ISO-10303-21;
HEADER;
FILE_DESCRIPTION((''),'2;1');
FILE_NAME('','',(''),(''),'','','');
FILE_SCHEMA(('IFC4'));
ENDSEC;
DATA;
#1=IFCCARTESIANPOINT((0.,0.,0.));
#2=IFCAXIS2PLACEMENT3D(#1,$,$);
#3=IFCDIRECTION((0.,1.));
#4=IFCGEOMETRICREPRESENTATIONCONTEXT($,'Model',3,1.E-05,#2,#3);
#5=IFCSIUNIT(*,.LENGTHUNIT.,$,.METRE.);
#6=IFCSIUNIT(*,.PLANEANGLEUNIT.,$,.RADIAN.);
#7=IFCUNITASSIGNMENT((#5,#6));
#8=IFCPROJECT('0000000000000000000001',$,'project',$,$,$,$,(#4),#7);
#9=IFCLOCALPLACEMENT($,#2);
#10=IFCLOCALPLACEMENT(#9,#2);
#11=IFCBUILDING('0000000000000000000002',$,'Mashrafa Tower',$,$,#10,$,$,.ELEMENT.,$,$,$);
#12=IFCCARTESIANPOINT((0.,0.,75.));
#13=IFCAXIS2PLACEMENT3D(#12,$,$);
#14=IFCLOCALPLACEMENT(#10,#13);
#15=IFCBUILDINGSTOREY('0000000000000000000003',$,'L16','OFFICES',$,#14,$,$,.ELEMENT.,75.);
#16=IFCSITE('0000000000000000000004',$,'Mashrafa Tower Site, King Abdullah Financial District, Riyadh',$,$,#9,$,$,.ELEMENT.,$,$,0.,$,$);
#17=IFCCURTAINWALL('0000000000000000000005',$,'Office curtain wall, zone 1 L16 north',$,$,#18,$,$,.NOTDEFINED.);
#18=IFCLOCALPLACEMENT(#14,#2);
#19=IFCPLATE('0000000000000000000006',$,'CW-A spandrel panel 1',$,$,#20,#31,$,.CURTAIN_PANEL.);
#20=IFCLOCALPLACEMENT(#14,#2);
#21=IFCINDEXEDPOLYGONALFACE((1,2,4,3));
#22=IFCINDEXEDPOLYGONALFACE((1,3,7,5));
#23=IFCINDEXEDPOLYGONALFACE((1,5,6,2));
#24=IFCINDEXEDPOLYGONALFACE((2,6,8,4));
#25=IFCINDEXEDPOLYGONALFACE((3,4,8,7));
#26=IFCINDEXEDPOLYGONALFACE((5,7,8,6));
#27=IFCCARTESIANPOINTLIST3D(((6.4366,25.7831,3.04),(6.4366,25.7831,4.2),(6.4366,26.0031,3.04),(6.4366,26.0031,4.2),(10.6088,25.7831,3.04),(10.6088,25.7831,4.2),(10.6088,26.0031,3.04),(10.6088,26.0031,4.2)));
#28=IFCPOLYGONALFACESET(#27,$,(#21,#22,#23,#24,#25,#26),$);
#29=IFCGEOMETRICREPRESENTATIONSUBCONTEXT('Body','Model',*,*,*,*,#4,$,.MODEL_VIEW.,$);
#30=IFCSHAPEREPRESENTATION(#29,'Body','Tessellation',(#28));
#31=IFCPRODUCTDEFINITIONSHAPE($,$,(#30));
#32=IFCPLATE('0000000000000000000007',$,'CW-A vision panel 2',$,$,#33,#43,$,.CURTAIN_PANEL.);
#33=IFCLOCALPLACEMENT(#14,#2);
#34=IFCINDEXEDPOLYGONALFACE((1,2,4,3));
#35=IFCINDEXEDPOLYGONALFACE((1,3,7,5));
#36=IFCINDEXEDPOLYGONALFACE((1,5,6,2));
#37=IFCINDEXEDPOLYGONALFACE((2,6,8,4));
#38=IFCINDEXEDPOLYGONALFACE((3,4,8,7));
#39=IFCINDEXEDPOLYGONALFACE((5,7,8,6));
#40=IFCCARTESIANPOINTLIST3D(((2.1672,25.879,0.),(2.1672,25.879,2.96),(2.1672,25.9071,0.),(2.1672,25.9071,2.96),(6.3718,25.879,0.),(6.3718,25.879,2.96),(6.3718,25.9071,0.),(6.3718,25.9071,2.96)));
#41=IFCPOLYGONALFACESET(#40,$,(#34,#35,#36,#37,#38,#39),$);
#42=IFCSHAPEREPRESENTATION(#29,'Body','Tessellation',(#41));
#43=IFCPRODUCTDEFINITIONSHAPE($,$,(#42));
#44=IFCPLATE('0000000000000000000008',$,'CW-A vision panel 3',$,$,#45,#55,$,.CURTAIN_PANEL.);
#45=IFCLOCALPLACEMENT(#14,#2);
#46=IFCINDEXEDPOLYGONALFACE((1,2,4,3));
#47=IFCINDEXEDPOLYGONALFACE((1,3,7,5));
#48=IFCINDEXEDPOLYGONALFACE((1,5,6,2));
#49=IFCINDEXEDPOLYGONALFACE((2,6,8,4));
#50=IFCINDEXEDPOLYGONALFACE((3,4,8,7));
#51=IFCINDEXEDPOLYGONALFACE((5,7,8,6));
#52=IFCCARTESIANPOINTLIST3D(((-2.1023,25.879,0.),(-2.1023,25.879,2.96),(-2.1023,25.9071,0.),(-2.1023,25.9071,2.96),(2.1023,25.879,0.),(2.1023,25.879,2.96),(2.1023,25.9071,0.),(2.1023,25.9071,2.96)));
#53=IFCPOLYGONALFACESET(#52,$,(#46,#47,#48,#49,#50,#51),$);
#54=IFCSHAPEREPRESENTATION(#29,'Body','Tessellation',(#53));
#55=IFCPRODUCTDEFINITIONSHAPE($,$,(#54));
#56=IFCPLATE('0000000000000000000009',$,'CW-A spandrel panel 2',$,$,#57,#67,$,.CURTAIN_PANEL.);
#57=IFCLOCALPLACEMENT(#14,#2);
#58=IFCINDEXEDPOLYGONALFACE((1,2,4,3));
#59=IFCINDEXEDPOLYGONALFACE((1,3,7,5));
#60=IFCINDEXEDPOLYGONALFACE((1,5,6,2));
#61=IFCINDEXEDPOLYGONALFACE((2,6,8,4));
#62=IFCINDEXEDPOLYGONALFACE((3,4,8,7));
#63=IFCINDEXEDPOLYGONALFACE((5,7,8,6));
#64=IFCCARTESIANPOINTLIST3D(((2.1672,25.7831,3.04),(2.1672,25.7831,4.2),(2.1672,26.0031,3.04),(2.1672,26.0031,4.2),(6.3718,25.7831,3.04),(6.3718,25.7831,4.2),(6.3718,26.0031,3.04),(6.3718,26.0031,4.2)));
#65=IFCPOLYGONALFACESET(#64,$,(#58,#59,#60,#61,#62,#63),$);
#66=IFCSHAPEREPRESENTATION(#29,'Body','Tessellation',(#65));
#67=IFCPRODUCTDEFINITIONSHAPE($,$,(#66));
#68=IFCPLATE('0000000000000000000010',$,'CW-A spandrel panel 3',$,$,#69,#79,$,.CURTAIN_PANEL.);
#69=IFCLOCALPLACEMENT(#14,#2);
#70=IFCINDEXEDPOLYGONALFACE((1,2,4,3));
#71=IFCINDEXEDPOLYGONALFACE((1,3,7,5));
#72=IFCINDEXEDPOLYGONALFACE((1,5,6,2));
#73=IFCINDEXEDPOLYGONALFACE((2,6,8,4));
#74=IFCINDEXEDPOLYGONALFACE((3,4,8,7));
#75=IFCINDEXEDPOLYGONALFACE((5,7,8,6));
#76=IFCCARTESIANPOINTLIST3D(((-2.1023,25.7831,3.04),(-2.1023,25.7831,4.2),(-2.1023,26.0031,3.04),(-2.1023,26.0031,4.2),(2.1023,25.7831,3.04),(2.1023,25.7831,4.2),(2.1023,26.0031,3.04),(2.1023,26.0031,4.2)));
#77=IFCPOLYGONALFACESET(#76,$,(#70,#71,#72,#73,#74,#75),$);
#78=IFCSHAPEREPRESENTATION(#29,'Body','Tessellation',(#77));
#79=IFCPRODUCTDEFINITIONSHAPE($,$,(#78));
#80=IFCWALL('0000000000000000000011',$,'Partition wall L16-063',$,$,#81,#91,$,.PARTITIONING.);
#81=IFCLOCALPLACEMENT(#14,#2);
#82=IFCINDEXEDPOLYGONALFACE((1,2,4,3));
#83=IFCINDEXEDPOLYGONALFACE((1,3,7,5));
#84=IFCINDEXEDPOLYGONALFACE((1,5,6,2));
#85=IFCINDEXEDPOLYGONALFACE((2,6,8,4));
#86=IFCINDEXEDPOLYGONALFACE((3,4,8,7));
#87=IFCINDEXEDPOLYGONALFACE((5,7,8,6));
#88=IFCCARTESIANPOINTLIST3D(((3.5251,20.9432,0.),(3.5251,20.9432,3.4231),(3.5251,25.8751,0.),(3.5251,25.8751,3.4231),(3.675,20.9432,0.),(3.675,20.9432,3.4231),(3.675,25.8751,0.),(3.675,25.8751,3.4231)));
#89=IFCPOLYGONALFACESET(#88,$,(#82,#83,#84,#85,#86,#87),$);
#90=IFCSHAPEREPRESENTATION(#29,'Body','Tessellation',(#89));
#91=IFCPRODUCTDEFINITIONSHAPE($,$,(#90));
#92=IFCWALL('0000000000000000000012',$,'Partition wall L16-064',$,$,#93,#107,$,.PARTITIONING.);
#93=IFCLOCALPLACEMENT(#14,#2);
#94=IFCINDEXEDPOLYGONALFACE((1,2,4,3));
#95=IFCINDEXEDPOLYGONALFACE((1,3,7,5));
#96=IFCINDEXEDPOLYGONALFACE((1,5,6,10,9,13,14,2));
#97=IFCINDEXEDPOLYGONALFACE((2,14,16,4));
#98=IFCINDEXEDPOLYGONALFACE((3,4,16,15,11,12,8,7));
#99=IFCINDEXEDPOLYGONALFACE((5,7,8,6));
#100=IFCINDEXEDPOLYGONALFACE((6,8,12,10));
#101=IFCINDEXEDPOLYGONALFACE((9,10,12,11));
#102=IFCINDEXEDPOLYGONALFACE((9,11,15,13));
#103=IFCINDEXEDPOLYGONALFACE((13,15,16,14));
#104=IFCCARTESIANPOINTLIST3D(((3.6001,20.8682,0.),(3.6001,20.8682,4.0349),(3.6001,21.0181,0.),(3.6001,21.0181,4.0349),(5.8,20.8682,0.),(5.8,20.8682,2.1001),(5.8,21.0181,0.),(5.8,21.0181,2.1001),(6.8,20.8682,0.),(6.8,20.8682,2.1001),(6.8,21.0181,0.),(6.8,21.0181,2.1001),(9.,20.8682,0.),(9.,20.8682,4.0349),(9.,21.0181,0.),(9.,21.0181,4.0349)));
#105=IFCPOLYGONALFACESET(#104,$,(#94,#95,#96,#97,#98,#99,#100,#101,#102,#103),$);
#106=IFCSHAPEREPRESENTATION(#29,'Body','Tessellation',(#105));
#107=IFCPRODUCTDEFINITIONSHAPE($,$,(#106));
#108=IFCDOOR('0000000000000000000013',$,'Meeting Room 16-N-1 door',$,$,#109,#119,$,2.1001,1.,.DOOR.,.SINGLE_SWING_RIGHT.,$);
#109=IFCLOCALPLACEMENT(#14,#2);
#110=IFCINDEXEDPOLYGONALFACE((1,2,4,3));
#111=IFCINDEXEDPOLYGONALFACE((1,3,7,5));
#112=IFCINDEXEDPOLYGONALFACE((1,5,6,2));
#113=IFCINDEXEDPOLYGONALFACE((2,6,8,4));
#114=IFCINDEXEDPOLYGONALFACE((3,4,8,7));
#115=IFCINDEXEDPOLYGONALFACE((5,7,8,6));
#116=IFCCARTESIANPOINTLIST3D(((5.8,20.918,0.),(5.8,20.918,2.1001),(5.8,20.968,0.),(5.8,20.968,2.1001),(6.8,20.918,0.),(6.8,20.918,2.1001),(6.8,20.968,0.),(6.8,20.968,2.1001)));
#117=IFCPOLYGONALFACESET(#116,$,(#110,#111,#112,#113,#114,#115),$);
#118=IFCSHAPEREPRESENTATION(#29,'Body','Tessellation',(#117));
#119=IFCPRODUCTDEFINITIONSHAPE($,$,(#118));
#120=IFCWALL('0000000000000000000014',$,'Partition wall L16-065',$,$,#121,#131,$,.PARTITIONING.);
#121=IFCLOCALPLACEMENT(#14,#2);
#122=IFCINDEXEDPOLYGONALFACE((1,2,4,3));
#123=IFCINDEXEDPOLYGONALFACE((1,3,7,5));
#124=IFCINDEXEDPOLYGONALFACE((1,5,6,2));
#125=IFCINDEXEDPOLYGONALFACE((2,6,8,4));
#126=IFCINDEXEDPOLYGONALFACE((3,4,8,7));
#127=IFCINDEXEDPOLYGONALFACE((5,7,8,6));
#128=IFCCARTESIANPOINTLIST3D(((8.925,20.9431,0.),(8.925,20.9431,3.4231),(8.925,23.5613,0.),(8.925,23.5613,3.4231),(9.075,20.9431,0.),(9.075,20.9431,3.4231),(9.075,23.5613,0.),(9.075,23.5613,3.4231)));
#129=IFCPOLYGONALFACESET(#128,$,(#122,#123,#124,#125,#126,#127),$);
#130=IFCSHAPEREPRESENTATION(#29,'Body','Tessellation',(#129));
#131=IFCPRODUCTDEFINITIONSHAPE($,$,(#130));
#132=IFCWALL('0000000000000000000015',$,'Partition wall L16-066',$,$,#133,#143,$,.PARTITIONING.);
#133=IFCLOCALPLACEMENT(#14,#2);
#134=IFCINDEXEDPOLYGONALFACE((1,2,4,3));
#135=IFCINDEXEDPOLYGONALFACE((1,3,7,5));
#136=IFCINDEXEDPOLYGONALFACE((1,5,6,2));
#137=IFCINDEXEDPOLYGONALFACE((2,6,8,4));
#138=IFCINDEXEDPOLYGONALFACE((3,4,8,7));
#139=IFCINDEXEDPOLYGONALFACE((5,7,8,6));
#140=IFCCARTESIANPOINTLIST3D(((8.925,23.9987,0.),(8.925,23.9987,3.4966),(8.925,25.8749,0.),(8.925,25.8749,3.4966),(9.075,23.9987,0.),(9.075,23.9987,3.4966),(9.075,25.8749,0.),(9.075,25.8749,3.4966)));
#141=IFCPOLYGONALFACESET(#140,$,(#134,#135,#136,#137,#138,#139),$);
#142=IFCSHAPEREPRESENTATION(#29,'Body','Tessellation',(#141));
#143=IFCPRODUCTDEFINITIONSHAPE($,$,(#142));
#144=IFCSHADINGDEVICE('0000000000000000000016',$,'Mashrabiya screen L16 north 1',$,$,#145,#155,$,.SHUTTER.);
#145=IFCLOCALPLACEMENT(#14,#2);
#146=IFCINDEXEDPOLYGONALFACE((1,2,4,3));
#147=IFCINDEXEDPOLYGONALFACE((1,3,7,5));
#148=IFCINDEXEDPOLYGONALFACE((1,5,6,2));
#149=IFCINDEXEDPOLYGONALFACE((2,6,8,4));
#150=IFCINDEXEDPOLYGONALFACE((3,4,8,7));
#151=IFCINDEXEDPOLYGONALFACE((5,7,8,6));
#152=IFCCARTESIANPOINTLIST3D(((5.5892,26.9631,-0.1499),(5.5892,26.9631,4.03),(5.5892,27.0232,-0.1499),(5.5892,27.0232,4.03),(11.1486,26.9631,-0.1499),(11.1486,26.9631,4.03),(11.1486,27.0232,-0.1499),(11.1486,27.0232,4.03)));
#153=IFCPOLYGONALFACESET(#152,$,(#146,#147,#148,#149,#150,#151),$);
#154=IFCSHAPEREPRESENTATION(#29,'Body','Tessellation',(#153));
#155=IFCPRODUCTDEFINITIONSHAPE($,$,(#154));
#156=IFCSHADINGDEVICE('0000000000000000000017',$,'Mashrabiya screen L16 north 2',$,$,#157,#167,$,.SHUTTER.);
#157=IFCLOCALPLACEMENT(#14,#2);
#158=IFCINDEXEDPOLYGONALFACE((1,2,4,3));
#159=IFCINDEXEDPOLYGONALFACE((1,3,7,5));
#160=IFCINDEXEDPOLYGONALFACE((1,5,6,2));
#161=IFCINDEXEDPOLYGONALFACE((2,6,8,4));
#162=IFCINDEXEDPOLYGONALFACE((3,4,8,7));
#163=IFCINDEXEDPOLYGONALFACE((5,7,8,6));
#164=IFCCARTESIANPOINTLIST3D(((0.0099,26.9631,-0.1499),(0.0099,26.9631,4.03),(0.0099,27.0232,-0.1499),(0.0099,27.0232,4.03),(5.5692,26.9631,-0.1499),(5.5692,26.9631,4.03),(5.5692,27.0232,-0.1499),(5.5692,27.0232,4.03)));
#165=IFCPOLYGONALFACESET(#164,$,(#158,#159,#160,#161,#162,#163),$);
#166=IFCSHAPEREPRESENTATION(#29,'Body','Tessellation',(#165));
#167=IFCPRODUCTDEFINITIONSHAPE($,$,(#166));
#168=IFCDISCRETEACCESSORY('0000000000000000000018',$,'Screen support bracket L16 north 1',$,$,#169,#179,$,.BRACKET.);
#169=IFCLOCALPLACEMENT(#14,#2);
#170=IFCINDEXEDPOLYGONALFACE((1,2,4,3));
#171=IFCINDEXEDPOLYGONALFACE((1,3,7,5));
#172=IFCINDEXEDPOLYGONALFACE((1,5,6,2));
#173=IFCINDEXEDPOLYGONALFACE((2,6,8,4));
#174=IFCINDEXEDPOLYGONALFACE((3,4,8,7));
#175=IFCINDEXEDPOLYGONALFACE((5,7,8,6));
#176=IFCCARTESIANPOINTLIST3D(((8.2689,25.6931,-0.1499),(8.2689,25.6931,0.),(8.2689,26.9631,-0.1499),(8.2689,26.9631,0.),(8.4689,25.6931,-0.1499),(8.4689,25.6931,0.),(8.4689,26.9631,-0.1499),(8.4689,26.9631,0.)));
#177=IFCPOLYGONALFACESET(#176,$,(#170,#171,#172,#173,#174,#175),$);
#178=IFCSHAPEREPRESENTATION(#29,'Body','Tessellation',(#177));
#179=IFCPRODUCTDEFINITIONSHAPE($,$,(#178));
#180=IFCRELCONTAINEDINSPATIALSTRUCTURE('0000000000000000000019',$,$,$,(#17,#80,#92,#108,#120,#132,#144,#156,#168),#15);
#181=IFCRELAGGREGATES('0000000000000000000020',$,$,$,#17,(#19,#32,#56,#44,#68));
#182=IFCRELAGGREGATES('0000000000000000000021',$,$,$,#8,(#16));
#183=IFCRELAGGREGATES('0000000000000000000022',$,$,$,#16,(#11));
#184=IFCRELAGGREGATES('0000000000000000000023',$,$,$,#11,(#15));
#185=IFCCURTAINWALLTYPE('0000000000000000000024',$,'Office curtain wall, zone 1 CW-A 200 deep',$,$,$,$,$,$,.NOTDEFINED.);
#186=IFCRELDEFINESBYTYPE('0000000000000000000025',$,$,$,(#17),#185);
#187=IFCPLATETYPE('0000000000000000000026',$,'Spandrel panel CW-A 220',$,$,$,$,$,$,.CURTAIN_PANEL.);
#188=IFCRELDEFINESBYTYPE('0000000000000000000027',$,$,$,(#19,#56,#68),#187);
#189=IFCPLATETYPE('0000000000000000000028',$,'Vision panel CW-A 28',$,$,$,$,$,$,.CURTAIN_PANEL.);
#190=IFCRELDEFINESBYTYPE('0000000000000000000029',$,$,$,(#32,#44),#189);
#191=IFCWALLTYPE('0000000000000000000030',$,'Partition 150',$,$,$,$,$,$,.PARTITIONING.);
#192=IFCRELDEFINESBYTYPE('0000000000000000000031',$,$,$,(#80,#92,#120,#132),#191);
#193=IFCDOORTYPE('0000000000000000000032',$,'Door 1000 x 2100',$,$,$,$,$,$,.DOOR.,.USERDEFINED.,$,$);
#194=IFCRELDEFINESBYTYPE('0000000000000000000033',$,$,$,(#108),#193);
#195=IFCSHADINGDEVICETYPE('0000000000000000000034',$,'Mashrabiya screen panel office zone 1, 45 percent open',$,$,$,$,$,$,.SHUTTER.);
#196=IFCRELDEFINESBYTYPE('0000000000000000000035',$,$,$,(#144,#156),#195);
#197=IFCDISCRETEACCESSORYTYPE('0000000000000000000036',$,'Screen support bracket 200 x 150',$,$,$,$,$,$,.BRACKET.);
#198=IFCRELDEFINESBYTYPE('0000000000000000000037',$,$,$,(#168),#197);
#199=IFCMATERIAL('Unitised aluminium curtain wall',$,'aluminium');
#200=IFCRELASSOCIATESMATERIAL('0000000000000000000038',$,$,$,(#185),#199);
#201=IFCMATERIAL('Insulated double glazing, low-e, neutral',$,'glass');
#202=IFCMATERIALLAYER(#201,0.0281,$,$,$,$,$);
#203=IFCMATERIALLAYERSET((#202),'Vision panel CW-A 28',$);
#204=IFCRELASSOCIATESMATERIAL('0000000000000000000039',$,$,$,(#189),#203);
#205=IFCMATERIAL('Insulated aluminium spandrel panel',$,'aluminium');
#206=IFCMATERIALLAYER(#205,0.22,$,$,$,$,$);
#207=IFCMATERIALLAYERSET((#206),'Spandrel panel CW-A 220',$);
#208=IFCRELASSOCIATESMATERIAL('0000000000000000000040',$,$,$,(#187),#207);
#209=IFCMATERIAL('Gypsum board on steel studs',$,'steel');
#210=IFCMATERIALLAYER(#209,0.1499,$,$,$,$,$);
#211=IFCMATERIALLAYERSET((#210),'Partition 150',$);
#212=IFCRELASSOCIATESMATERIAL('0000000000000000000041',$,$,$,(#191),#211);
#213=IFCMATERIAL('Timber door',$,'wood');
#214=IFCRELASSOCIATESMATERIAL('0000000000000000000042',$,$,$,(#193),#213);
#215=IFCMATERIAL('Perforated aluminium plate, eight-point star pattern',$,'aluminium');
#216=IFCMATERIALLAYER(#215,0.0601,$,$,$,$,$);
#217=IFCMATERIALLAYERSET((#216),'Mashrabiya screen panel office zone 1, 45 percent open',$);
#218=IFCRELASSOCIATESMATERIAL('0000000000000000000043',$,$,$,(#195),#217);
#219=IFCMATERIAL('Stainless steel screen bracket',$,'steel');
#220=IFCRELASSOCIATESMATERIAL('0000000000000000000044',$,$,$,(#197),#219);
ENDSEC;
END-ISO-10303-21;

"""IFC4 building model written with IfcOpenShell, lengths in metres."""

from ifc_helpers import new_model, si_unit, direction, frame, frame_2d, origin, origin_2d, place, context, subcontext, project, spatial, rectangle, extrude, source, transform, mapped, material, layer, layer_set, type_object, type_shapes, element, fill, aggregate, save


model = new_model("IFC4")

# Units and contexts
model_context = context("Model", 3, precision=1e-05, world=origin(), true_north=direction((0.0, 1.0)))
body_context = subcontext(model_context, "Body", "Model", "MODEL_VIEW")
ifc_project = project(units=[si_unit("LENGTHUNIT", "METRE"), si_unit("PLANEANGLEUNIT", "RADIAN")], contexts=[model_context])

# Site, building, storey
site_placement = place(None, origin())
site = spatial("IfcSite", under=ifc_project, at=site_placement, Name="Mashrafa Tower Site, King Abdullah Financial District, Riyadh", CompositionType="ELEMENT", RefElevation=0.0)
building_placement = place(site_placement, origin())
building = spatial("IfcBuilding", under=site, at=building_placement, Name="Mashrafa Tower", CompositionType="ELEMENT")
storey_placement = place(building_placement, frame((0.0, 0.0, 75.0)))
storey = spatial("IfcBuildingStorey", under=building, at=storey_placement, Name="L16", Description="OFFICES", CompositionType="ELEMENT", Elevation=75.0)

# Shared definitions
ifc_material_1 = material(Name="Unitised aluminium curtain wall", Category="aluminium")
curtain_wall_type = type_object("IfcCurtainWallType", Name="Office curtain wall, zone 1 CW-A 200 deep", PredefinedType="NOTDEFINED", material=ifc_material_1)

# Curtain wall
curtain_wall_1_placement = place(storey_placement, origin())
curtain_wall_1 = element("IfcCurtainWall", 1, at=curtain_wall_1_placement, inside=storey, type_object=curtain_wall_type, Name="Office curtain wall, zone 1 L16 north", PredefinedType="NOTDEFINED")

# Plates
ifc_material_2 = material(Name="Insulated double glazing, low-e, neutral", Category="glass")
ifc_layer_1 = layer(ifc_material_2, 0.0281)
ifc_layer_set_1 = layer_set([ifc_layer_1], Name="Vision panel CW-A 28")
plate_type_1 = type_object("IfcPlateType", Name="Vision panel CW-A 28", PredefinedType="CURTAIN_PANEL", material=ifc_layer_set_1)
ifc_material_3 = material(Name="Insulated aluminium spandrel panel", Category="aluminium")
ifc_layer_2 = layer(ifc_material_3, 0.22)
ifc_layer_set_2 = layer_set([ifc_layer_2], Name="Spandrel panel CW-A 220")
plate_type_2 = type_object("IfcPlateType", Name="Spandrel panel CW-A 220", PredefinedType="CURTAIN_PANEL", material=ifc_layer_set_2)
shared_shape_1 = source(origin(), body_context, "Body", "SweptSolid", [
    extrude(rectangle(XDim=4.1721, YDim=0.22, at=origin_2d()), origin(), (0.0, 0.0, 1.0), 1.1599),
])
plate_1_placement = place(storey_placement, frame((8.5227, 25.8931, 3.04), z_axis=(0.0, 0.0, 1.0), x_axis=(-1.0, 0.0, 0.0)))
plate_1 = element("IfcPlate", 2, at=plate_1_placement, type_object=plate_type_2, Name="CW-A spandrel panel 1", PredefinedType="CURTAIN_PANEL", context=body_context, shape_type="MappedRepresentation", body=[
    mapped(shared_shape_1, transform((0.0, 0.0, 0.0))),
])
shared_shape_2 = source(origin(), body_context, "Body", "SweptSolid", [
    extrude(rectangle(XDim=4.2046, YDim=0.0281, at=origin_2d()), origin(), (0.0, 0.0, 1.0), 2.96),
])
plate_2_placement = place(storey_placement, frame((4.2695, 25.8931, 0.0), z_axis=(0.0, 0.0, 1.0), x_axis=(-1.0, 0.0, 0.0)))
plate_2 = element("IfcPlate", 3, at=plate_2_placement, type_object=plate_type_1, Name="CW-A vision panel 2", PredefinedType="CURTAIN_PANEL", context=body_context, shape_type="MappedRepresentation", body=[
    mapped(shared_shape_2, transform((0.0, 0.0, 0.0))),
])
plate_3_placement = place(storey_placement, frame((0.0, 25.8931, 0.0), z_axis=(0.0, 0.0, 1.0), x_axis=(-1.0, 0.0, 0.0)))
plate_3 = element("IfcPlate", 4, at=plate_3_placement, type_object=plate_type_1, Name="CW-A vision panel 3", PredefinedType="CURTAIN_PANEL", context=body_context, shape_type="MappedRepresentation", body=[
    mapped(shared_shape_2, transform((0.0, 0.0, 0.0))),
])
shared_shape_3 = source(origin(), body_context, "Body", "SweptSolid", [
    extrude(rectangle(XDim=4.2046, YDim=0.22, at=origin_2d()), origin(), (0.0, 0.0, 1.0), 1.1599),
])
type_shapes(plate_type_2, [shared_shape_1, shared_shape_3])
plate_4_placement = place(storey_placement, frame((4.2695, 25.8931, 3.04), z_axis=(0.0, 0.0, 1.0), x_axis=(-1.0, 0.0, 0.0)))
plate_4 = element("IfcPlate", 5, at=plate_4_placement, type_object=plate_type_2, Name="CW-A spandrel panel 2", PredefinedType="CURTAIN_PANEL", context=body_context, shape_type="MappedRepresentation", body=[
    mapped(shared_shape_3, transform((0.0, 0.0, 0.0))),
])
plate_5_placement = place(storey_placement, frame((0.0, 25.8931, 3.04), z_axis=(0.0, 0.0, 1.0), x_axis=(-1.0, 0.0, 0.0)))
plate_5 = element("IfcPlate", 6, at=plate_5_placement, type_object=plate_type_2, Name="CW-A spandrel panel 3", PredefinedType="CURTAIN_PANEL", context=body_context, shape_type="MappedRepresentation", body=[
    mapped(shared_shape_3, transform((0.0, 0.0, 0.0))),
])
aggregate(curtain_wall_1, [plate_1, plate_2, plate_4, plate_3, plate_5])

# Wall
ifc_material_4 = material(Name="Gypsum board on steel studs", Category="steel")
ifc_layer_3 = layer(ifc_material_4, 0.1499)
ifc_layer_set_3 = layer_set([ifc_layer_3], Name="Partition 150")
wall_type_1 = type_object("IfcWallType", Name="Partition 150", PredefinedType="PARTITIONING", material=ifc_layer_set_3)
wall_1_placement = place(storey_placement, frame((3.6001, 25.875, 0.0), z_axis=(0.0, 0.0, 1.0), x_axis=(0.0, -1.0, 0.0)))
element("IfcWall", 7, at=wall_1_placement, inside=storey, type_object=wall_type_1, Name="Partition wall L16-063", PredefinedType="PARTITIONING", context=body_context, shape_type="SweptSolid", body=[
    extrude(rectangle(XDim=4.9319, YDim=0.1499, at=frame_2d((2.4658, 0.0))), origin(), (0.0, 0.0, 1.0), 3.4231),
])

# Wall, opening, door
wall_2_placement = place(storey_placement, frame((3.6001, 20.9431, 0.0), z_axis=(0.0, 0.0, 1.0), x_axis=(1.0, 0.0, 0.0)))
wall_2 = element("IfcWall", 8, at=wall_2_placement, inside=storey, type_object=wall_type_1, Name="Partition wall L16-064", PredefinedType="PARTITIONING", context=body_context, shape_type="SweptSolid", body=[
    extrude(rectangle(XDim=5.3999, YDim=0.1499, at=frame_2d((2.7, 0.0))), origin(), (0.0, 0.0, 1.0), 4.0349),
])
opening_1_placement = place(wall_2_placement, frame((2.2, 0.0, 0.0)))
opening_1 = element("IfcOpeningElement", 9, at=opening_1_placement, cuts=wall_2, PredefinedType="OPENING", context=body_context, shape_type="SweptSolid", body=[
    extrude(rectangle(XDim=1.0, YDim=2.1001, at=frame_2d((0.5, 1.05))), frame((0.0, 0.085, 0.0), z_axis=(0.0, -1.0, 0.0), x_axis=(1.0, 0.0, 0.0)), (0.0, 0.0, 1.0), 0.1699),
])
ifc_material_5 = material(Name="Timber door", Category="wood")
door_type_1 = type_object("IfcDoorType", Name="Door 1000 x 2100", OperationType="USERDEFINED", PredefinedType="DOOR", material=ifc_material_5)
door_1_placement = place(opening_1_placement, origin())
door_1 = element("IfcDoor", 10, at=door_1_placement, inside=storey, type_object=door_type_1, Name="Meeting Room 16-N-1 door", OperationType="SINGLE_SWING_RIGHT", OverallHeight=2.1001, OverallWidth=1.0, PredefinedType="DOOR", context=body_context, shape_type="SweptSolid", body=[
    extrude(rectangle(XDim=1.0, YDim=2.1001, at=frame_2d((0.5, 1.05))), frame((0.0, 0.0249, 0.0), z_axis=(0.0, -1.0, 0.0), x_axis=(1.0, 0.0, 0.0)), (0.0, 0.0, 1.0), 0.05),
])
fill(opening_1, door_1)

# Walls
wall_3_placement = place(storey_placement, frame((9.0, 20.9431, 0.0), z_axis=(0.0, 0.0, 1.0), x_axis=(0.0, 1.0, 0.0)))
element("IfcWall", 11, at=wall_3_placement, inside=storey, type_object=wall_type_1, Name="Partition wall L16-065", PredefinedType="PARTITIONING", context=body_context, shape_type="SweptSolid", body=[
    extrude(rectangle(XDim=2.6182, YDim=0.1499, at=frame_2d((1.3091, 0.0))), origin(), (0.0, 0.0, 1.0), 3.4231),
])
wall_4_placement = place(storey_placement, frame((9.0, 23.9988, 0.0), z_axis=(0.0, 0.0, 1.0), x_axis=(0.0, 1.0, 0.0)))
element("IfcWall", 12, at=wall_4_placement, inside=storey, type_object=wall_type_1, Name="Partition wall L16-066", PredefinedType="PARTITIONING", context=body_context, shape_type="SweptSolid", body=[
    extrude(rectangle(XDim=1.8762, YDim=0.1499, at=frame_2d((0.938, 0.0))), origin(), (0.0, 0.0, 1.0), 3.4966),
])

# Shading devices
ifc_material_6 = material(Name="Perforated aluminium plate, eight-point star pattern", Category="aluminium")
ifc_layer_4 = layer(ifc_material_6, 0.0601)
ifc_layer_set_4 = layer_set([ifc_layer_4], Name="Mashrabiya screen panel office zone 1, 45 percent open")
shading_device_type = type_object("IfcShadingDeviceType", Name="Mashrabiya screen panel office zone 1, 45 percent open", PredefinedType="SHUTTER", material=ifc_layer_set_4)
shared_shape_4 = source(origin(), body_context, "Body", "SweptSolid", [
    extrude(rectangle(XDim=5.5593, YDim=0.0601, at=origin_2d()), origin(), (0.0, 0.0, 1.0), 4.1799),
])
type_shapes(shading_device_type, [shared_shape_4])
for number, where, z_axis, x_axis, name in (
    (13, (8.3689, 26.9932, -0.1499), (0.0, 0.0, 1.0), (-1.0, 0.0, 0.0), "Mashrabiya screen L16 north 1"),
    (14, (2.7896, 26.9932, -0.1499), (0.0, 0.0, 1.0), (-1.0, 0.0, 0.0), "Mashrabiya screen L16 north 2"),
):
    element("IfcShadingDevice", number, at=place(storey_placement, frame(where, z_axis=z_axis, x_axis=x_axis)), inside=storey, type_object=shading_device_type, Name=name, PredefinedType="SHUTTER", context=body_context, shape_type="MappedRepresentation", body=[
        mapped(shared_shape_4, transform((0.0, 0.0, 0.0))),
    ])

# Discrete accessory
ifc_material_7 = material(Name="Stainless steel screen bracket", Category="steel")
discrete_accessory_type = type_object("IfcDiscreteAccessoryType", Name="Screen support bracket 200 x 150", PredefinedType="BRACKET", material=ifc_material_7)
shared_shape_5 = source(origin(), body_context, "Body", "SweptSolid", [
    extrude(rectangle(XDim=0.2, YDim=1.27, at=origin_2d()), origin(), (0.0, 0.0, 1.0), 0.1499),
])
type_shapes(discrete_accessory_type, [shared_shape_5])
for number, where, z_axis, x_axis, name in (
    (15, (8.3689, 26.3281, -0.1499), (0.0, 0.0, 1.0), (-1.0, 0.0, 0.0), "Screen support bracket L16 north 1"),
):
    element("IfcDiscreteAccessory", number, at=place(storey_placement, frame(where, z_axis=z_axis, x_axis=x_axis)), inside=storey, type_object=discrete_accessory_type, Name=name, PredefinedType="BRACKET", context=body_context, shape_type="MappedRepresentation", body=[
        mapped(shared_shape_5, transform((0.0, 0.0, 0.0))),
    ])

save(model, "model.ifc")
